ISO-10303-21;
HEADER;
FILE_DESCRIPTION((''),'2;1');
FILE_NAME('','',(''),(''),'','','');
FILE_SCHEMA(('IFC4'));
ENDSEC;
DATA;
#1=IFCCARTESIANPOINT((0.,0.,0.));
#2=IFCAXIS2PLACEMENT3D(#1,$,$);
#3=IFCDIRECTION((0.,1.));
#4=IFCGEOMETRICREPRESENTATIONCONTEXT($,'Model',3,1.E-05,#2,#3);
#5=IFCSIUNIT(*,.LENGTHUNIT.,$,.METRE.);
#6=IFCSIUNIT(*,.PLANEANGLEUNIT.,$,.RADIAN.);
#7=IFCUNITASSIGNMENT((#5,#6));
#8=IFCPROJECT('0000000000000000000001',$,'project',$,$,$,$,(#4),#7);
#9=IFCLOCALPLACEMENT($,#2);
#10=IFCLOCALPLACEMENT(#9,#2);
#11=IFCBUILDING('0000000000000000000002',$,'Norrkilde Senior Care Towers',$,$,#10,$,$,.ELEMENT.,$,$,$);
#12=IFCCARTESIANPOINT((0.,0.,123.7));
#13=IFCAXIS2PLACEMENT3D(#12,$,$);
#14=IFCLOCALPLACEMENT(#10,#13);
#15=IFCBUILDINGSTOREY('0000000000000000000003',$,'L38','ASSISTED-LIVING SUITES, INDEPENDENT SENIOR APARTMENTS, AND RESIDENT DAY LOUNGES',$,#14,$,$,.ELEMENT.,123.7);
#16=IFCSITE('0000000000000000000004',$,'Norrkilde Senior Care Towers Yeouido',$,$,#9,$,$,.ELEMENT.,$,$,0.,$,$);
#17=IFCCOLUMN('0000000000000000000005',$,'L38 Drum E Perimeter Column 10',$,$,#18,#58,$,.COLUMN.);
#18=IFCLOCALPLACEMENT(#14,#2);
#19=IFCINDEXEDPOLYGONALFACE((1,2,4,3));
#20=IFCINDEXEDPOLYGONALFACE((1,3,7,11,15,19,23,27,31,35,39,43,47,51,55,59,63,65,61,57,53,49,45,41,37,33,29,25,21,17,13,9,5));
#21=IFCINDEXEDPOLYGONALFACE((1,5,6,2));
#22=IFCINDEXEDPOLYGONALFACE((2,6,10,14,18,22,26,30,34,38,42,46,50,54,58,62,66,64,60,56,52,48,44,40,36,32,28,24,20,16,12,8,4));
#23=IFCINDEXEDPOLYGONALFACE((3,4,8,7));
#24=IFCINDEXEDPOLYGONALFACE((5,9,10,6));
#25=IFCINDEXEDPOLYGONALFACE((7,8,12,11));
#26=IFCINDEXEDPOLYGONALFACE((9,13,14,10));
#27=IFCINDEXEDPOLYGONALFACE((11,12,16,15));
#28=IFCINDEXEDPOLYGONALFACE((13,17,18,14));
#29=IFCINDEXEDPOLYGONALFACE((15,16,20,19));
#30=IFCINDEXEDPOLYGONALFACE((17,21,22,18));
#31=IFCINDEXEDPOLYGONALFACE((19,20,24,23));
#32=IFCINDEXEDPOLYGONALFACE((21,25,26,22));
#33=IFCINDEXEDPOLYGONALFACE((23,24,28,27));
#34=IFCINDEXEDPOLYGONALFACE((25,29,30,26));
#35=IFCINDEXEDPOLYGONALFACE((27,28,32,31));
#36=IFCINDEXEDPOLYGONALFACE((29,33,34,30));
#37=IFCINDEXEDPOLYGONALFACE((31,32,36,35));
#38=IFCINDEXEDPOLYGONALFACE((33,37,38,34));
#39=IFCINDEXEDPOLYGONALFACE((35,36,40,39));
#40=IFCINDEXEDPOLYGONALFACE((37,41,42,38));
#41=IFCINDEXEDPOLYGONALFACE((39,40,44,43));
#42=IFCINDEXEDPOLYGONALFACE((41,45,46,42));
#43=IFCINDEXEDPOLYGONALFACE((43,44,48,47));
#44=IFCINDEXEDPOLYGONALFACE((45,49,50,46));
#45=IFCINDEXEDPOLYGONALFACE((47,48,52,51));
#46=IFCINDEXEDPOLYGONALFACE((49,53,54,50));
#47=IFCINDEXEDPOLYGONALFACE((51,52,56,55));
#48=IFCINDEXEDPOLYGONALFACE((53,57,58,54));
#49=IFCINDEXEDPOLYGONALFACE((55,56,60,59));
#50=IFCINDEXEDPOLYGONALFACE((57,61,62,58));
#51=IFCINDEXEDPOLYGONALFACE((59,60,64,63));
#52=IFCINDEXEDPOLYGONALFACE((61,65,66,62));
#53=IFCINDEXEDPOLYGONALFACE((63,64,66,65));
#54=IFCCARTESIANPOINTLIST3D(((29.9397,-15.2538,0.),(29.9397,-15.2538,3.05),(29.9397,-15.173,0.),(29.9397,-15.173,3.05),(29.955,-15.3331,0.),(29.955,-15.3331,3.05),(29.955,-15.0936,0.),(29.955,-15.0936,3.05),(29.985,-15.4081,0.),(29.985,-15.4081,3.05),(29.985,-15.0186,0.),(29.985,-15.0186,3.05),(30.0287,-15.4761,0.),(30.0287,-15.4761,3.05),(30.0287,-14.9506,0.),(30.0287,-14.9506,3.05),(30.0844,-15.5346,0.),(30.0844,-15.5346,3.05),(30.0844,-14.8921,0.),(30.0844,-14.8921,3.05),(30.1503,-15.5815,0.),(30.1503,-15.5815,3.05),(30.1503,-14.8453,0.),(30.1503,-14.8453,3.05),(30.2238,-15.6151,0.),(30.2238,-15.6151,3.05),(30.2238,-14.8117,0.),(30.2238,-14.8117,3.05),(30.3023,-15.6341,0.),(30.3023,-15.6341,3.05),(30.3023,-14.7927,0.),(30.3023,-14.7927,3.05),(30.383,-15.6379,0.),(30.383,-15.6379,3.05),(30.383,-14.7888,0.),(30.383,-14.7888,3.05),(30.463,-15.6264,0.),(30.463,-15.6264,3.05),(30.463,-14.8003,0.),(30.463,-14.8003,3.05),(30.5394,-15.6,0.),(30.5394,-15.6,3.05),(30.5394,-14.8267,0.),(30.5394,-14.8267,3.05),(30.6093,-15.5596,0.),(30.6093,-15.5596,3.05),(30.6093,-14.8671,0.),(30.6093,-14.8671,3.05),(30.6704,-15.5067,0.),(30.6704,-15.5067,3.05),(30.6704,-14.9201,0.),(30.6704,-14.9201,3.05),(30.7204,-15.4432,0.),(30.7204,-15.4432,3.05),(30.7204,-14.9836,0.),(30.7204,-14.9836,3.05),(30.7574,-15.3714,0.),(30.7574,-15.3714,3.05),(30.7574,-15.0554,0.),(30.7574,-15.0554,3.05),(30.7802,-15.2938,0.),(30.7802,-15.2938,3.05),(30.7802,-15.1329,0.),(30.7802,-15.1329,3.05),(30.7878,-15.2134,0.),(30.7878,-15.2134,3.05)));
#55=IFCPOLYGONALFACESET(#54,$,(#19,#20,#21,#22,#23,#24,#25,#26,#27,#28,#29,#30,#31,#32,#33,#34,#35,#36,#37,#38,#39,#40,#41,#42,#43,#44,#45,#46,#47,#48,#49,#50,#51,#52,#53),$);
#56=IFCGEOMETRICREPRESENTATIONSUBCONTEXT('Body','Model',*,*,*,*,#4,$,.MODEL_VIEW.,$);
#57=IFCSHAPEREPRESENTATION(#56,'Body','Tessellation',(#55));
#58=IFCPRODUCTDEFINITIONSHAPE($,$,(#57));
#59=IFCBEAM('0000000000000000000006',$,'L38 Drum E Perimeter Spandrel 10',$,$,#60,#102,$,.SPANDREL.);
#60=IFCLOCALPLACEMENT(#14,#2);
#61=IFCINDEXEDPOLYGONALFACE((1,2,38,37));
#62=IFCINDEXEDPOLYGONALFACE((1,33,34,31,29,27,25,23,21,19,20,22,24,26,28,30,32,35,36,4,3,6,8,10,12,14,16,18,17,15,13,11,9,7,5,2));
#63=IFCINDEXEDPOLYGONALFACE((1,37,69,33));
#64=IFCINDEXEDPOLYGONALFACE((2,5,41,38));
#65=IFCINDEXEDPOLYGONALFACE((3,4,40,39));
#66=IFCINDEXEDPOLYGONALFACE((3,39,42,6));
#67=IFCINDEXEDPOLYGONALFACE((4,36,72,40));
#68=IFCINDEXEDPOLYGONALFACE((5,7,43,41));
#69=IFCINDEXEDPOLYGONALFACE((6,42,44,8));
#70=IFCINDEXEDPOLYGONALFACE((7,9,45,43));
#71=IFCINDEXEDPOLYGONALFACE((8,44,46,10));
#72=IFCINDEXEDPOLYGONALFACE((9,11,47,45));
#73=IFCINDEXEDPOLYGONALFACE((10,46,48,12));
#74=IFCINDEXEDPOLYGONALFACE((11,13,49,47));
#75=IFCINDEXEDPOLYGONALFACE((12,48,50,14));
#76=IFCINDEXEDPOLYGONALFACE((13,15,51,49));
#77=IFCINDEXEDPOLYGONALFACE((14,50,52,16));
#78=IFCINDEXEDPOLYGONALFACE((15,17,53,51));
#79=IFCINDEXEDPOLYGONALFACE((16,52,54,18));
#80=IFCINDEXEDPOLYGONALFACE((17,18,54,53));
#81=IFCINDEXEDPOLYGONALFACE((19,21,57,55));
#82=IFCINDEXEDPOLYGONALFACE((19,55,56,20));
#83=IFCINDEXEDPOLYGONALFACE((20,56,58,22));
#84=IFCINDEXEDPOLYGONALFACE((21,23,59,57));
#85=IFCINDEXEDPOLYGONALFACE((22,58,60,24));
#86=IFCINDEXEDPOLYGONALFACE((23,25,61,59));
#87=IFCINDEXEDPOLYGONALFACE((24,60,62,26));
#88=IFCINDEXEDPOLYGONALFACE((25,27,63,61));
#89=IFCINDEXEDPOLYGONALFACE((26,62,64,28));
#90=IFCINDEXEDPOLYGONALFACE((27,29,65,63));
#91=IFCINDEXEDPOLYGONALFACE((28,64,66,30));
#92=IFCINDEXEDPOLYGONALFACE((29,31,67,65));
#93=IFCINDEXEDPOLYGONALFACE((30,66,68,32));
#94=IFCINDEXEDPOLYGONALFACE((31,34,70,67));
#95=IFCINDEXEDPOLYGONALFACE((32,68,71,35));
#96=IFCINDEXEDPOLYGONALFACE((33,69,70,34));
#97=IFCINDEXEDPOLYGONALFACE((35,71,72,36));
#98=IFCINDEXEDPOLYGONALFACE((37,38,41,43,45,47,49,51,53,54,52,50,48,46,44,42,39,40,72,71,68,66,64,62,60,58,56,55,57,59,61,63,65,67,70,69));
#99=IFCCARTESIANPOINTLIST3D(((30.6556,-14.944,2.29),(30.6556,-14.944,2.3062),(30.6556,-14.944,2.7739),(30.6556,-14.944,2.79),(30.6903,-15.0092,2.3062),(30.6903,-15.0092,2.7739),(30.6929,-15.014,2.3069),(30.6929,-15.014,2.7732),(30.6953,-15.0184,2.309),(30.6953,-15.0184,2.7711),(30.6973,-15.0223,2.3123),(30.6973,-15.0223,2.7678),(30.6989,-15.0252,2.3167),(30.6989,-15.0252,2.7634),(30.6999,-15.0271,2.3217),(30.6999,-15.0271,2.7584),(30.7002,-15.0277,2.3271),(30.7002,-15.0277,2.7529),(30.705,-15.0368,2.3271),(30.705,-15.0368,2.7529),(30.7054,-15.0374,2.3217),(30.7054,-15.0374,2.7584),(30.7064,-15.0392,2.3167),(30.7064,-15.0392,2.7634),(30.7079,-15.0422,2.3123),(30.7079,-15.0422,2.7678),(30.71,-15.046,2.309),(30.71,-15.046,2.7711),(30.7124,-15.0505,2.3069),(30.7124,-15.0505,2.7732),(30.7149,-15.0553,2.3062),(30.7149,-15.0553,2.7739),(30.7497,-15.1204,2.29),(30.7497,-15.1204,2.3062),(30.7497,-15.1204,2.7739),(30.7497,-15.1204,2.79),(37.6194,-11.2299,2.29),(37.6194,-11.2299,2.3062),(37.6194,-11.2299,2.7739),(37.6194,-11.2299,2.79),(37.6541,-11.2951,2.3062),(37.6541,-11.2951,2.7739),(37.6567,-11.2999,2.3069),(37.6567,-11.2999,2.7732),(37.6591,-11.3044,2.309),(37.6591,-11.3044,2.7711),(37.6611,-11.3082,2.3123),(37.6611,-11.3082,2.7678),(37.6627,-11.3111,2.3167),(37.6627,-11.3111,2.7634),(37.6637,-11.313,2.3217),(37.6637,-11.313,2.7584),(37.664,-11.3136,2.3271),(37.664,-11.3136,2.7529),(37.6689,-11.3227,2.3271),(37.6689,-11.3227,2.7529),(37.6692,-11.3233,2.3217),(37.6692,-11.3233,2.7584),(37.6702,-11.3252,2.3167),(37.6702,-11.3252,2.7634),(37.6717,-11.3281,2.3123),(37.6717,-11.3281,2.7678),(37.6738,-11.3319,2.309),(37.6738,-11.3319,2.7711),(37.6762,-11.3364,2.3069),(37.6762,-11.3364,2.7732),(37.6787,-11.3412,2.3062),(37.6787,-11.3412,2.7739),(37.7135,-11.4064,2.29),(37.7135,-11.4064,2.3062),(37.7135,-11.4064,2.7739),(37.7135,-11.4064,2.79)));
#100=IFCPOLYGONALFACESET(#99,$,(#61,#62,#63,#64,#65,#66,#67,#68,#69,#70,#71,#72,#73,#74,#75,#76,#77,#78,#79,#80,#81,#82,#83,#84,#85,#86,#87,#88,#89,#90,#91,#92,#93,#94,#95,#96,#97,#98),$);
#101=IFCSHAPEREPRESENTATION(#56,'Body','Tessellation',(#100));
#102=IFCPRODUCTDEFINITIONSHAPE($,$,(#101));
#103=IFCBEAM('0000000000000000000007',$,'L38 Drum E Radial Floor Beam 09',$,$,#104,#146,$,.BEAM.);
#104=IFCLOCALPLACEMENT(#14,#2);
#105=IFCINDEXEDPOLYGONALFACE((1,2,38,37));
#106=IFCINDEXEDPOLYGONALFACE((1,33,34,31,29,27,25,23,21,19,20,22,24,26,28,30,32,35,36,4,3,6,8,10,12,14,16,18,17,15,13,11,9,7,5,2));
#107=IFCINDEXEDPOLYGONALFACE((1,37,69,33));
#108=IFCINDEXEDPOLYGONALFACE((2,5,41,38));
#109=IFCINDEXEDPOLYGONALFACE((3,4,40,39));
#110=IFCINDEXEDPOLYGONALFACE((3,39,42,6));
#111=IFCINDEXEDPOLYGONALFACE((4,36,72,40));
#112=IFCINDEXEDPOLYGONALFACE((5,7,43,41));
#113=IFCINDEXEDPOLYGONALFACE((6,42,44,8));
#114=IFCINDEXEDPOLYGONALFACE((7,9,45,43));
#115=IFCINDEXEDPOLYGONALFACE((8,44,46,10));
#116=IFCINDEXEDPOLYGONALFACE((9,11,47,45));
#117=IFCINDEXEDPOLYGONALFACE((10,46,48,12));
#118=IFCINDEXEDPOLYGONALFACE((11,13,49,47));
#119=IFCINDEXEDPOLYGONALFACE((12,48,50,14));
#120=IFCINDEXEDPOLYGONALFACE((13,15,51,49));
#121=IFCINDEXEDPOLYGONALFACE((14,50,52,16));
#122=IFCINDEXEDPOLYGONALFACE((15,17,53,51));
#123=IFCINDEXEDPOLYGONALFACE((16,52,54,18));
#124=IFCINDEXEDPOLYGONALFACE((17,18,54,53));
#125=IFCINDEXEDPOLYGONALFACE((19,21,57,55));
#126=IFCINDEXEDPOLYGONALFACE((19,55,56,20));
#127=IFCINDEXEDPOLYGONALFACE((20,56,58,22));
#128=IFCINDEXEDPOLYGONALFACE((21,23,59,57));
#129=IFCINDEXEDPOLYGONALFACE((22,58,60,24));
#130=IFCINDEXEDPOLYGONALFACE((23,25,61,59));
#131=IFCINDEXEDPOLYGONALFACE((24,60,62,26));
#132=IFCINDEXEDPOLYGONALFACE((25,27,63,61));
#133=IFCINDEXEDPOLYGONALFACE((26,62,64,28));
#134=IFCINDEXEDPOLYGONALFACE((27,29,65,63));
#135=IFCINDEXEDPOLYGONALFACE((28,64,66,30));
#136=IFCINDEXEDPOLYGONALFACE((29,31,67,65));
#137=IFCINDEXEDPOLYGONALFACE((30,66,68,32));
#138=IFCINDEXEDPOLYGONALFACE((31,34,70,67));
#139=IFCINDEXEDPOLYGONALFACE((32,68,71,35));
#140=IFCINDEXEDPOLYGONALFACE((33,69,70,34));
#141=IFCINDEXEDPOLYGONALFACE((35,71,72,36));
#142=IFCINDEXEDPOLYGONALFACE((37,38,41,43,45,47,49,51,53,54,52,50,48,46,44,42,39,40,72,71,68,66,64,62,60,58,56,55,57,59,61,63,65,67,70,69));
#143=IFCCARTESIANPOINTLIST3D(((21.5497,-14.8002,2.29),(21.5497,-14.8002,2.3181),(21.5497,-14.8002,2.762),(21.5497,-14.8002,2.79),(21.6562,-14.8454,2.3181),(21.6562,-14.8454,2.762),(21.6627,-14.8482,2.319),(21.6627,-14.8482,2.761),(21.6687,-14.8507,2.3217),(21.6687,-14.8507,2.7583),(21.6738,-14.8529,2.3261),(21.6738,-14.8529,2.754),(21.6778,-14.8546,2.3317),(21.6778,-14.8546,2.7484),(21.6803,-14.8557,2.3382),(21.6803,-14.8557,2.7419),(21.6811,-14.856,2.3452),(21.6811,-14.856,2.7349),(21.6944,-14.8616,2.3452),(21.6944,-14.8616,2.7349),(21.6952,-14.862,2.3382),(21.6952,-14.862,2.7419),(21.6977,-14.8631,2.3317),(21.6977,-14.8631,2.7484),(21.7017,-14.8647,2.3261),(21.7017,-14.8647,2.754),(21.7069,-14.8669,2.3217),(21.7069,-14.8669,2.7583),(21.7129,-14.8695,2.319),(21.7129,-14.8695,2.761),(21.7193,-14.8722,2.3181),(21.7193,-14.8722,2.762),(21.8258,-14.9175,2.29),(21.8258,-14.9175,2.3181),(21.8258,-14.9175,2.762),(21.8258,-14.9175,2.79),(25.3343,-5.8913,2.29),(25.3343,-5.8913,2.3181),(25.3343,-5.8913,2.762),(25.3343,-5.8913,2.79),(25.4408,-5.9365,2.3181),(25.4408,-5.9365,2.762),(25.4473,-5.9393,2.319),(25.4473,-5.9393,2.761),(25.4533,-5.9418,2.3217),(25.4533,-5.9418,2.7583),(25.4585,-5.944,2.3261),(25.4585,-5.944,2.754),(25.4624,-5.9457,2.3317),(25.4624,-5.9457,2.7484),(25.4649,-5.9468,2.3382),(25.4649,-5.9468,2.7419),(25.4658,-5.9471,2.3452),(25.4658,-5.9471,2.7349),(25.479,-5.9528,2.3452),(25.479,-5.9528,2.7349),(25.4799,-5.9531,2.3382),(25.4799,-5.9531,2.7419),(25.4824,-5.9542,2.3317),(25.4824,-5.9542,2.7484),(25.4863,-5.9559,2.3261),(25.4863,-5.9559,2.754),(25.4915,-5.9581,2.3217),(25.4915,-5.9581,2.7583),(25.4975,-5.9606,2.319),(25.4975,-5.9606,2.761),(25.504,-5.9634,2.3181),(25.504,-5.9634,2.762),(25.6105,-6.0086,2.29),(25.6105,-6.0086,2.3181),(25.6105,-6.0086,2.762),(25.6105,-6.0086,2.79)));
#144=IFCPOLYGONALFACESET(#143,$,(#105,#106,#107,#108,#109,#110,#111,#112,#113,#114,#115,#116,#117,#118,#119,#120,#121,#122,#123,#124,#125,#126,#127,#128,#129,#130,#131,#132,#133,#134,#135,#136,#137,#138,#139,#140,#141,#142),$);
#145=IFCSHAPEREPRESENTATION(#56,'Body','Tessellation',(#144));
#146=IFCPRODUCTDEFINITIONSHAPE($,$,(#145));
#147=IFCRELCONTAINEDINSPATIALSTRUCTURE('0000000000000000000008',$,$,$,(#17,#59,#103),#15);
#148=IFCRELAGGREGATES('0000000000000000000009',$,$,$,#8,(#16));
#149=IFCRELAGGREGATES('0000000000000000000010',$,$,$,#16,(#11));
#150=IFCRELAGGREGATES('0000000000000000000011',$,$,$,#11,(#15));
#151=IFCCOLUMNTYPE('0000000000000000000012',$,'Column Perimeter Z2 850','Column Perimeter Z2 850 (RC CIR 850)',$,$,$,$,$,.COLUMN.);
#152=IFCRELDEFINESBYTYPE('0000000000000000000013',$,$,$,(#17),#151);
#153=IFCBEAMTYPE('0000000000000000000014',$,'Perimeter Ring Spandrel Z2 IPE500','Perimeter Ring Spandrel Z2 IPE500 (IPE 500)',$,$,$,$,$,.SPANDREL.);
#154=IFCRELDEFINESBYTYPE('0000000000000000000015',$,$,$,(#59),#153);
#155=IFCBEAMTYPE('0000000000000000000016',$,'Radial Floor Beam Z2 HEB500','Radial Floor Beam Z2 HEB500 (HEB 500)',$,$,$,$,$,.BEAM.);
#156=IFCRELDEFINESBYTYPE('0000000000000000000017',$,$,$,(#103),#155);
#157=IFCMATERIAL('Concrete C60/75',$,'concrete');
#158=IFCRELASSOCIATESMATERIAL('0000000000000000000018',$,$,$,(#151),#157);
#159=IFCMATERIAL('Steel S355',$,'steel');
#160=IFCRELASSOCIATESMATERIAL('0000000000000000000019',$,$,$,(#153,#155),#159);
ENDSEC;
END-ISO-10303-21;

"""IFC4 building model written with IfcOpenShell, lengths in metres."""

from ifc_helpers import new_model, si_unit, direction, frame, origin, origin_2d, place, context, subcontext, project, spatial, circle, i_section, extrude, source, transform, mapped, material, material_profile, profile_set, type_object, type_shapes, element, save


model = new_model("IFC4")

# Units and contexts
model_context = context("Model", 3, precision=1e-05, world=origin(), true_north=direction((0.0, 1.0)))
body_context = subcontext(model_context, "Body", "Model", "MODEL_VIEW")
ifc_project = project(units=[si_unit("LENGTHUNIT", "METRE"), si_unit("PLANEANGLEUNIT", "RADIAN")], contexts=[model_context])

# Site, building, storey
site_placement = place(None, origin())
site = spatial("IfcSite", under=ifc_project, at=site_placement, Name="Norrkilde Senior Care Towers Yeouido", CompositionType="ELEMENT", RefElevation=0.0)
building_placement = place(site_placement, origin())
building = spatial("IfcBuilding", under=site, at=building_placement, Name="Norrkilde Senior Care Towers", CompositionType="ELEMENT")
storey_placement = place(building_placement, frame((0.0, 0.0, 123.7)))
storey = spatial("IfcBuildingStorey", under=building, at=storey_placement, Name="L38", Description="ASSISTED-LIVING SUITES, INDEPENDENT SENIOR APARTMENTS, AND RESIDENT DAY LOUNGES", CompositionType="ELEMENT", Elevation=123.7)

# Column
ifc_material_1 = material(Name="Concrete C60/75", Category="concrete")
ifc_material_profile_1 = material_profile(ifc_material_1, circle(Radius=0.425, at=origin_2d()), Name="RC CIR 850")
ifc_profile_set_1 = profile_set([ifc_material_profile_1], Name="Concrete C60/75")
column_type = type_object("IfcColumnType", Name="Column Perimeter Z2 850", Description="Column Perimeter Z2 850 (RC CIR 850)", PredefinedType="COLUMN", material=ifc_profile_set_1)
shared_shape_1 = source(origin(), body_context, "Body", "SweptSolid", [
    extrude(circle(Radius=0.425, at=origin_2d()), origin(), (0.0, 0.0, 1.0), 3.05),
])
type_shapes(column_type, [shared_shape_1])
column_placement = place(storey_placement, frame((30.3628, -15.2134, 0.0), z_axis=(0.0, 0.0, 1.0), x_axis=(1.0, 0.0, 0.0)))
element("IfcColumn", 1, at=column_placement, inside=storey, type_object=column_type, Name="L38 Drum E Perimeter Column 10", PredefinedType="COLUMN", context=body_context, shape_type="MappedRepresentation", body=[
    mapped(shared_shape_1, transform((0.0, 0.0, 0.0), x_axis=(1.0, 0.0, 0.0), y_axis=(0.0, 1.0, 0.0), z_axis=(0.0, 0.0, 1.0), scale=1.0)),
])

# Beams
ifc_material_2 = material(Name="Steel S355", Category="steel")
ifc_material_profile_2 = material_profile(ifc_material_2, i_section(OverallWidth=0.2, OverallDepth=0.5, WebThickness=0.0103, FlangeThickness=0.0161, FilletRadius=0.021, at=origin_2d()), Name="IPE 500")
ifc_profile_set_2 = profile_set([ifc_material_profile_2], Name="Steel S355")
beam_type_1 = type_object("IfcBeamType", Name="Perimeter Ring Spandrel Z2 IPE500", Description="Perimeter Ring Spandrel Z2 IPE500 (IPE 500)", PredefinedType="SPANDREL", material=ifc_profile_set_2)
shared_shape_2 = source(origin(), body_context, "Body", "SweptSolid", [
    extrude(i_section(OverallWidth=0.2, OverallDepth=0.5, WebThickness=0.0103, FlangeThickness=0.0161, FilletRadius=0.021, at=origin_2d()), origin(), (0.0, 0.0, 1.0), 7.8923),
])
type_shapes(beam_type_1, [shared_shape_2])
beam_1_placement = place(storey_placement, frame((30.7026, -15.0322, 2.54), z_axis=(0.88235, 0.470593, 0.0), x_axis=(-0.470593, 0.88235, 0.0)))
element("IfcBeam", 2, at=beam_1_placement, inside=storey, type_object=beam_type_1, Name="L38 Drum E Perimeter Spandrel 10", PredefinedType="SPANDREL", context=body_context, shape_type="MappedRepresentation", body=[
    mapped(shared_shape_2, transform((0.0, 0.0, 0.0), x_axis=(1.0, 0.0, 0.0), y_axis=(0.0, 1.0, 0.0), z_axis=(0.0, 0.0, 1.0), scale=1.0)),
])
ifc_material_profile_3 = material_profile(ifc_material_2, i_section(OverallWidth=0.3, OverallDepth=0.5, WebThickness=0.0144, FlangeThickness=0.0281, FilletRadius=0.0271, at=origin_2d()), Name="HEB 500")
ifc_profile_set_3 = profile_set([ifc_material_profile_3], Name="Steel S355")
beam_type_2 = type_object("IfcBeamType", Name="Radial Floor Beam Z2 HEB500", Description="Radial Floor Beam Z2 HEB500 (HEB 500)", PredefinedType="BEAM", material=ifc_profile_set_3)
shared_shape_3 = source(origin(), body_context, "Body", "SweptSolid", [
    extrude(i_section(OverallWidth=0.3, OverallDepth=0.5, WebThickness=0.0144, FlangeThickness=0.0281, FilletRadius=0.0271, at=origin_2d()), origin(), (0.0, 0.0, 1.0), 9.6794),
])
beam_2_placement = place(storey_placement, frame((25.4724, -5.95, 2.54), z_axis=(-0.390998, -0.920392, 0.0), x_axis=(0.920392, -0.390998, 0.0)))
element("IfcBeam", 3, at=beam_2_placement, inside=storey, type_object=beam_type_2, Name="L38 Drum E Radial Floor Beam 09", PredefinedType="BEAM", context=body_context, shape_type="MappedRepresentation", body=[
    mapped(shared_shape_3, transform((0.0, 0.0, 0.0), x_axis=(1.0, 0.0, 0.0), y_axis=(0.0, 1.0, 0.0), z_axis=(0.0, 0.0, 1.0), scale=1.0)),
])

save(model, "model.ifc")
